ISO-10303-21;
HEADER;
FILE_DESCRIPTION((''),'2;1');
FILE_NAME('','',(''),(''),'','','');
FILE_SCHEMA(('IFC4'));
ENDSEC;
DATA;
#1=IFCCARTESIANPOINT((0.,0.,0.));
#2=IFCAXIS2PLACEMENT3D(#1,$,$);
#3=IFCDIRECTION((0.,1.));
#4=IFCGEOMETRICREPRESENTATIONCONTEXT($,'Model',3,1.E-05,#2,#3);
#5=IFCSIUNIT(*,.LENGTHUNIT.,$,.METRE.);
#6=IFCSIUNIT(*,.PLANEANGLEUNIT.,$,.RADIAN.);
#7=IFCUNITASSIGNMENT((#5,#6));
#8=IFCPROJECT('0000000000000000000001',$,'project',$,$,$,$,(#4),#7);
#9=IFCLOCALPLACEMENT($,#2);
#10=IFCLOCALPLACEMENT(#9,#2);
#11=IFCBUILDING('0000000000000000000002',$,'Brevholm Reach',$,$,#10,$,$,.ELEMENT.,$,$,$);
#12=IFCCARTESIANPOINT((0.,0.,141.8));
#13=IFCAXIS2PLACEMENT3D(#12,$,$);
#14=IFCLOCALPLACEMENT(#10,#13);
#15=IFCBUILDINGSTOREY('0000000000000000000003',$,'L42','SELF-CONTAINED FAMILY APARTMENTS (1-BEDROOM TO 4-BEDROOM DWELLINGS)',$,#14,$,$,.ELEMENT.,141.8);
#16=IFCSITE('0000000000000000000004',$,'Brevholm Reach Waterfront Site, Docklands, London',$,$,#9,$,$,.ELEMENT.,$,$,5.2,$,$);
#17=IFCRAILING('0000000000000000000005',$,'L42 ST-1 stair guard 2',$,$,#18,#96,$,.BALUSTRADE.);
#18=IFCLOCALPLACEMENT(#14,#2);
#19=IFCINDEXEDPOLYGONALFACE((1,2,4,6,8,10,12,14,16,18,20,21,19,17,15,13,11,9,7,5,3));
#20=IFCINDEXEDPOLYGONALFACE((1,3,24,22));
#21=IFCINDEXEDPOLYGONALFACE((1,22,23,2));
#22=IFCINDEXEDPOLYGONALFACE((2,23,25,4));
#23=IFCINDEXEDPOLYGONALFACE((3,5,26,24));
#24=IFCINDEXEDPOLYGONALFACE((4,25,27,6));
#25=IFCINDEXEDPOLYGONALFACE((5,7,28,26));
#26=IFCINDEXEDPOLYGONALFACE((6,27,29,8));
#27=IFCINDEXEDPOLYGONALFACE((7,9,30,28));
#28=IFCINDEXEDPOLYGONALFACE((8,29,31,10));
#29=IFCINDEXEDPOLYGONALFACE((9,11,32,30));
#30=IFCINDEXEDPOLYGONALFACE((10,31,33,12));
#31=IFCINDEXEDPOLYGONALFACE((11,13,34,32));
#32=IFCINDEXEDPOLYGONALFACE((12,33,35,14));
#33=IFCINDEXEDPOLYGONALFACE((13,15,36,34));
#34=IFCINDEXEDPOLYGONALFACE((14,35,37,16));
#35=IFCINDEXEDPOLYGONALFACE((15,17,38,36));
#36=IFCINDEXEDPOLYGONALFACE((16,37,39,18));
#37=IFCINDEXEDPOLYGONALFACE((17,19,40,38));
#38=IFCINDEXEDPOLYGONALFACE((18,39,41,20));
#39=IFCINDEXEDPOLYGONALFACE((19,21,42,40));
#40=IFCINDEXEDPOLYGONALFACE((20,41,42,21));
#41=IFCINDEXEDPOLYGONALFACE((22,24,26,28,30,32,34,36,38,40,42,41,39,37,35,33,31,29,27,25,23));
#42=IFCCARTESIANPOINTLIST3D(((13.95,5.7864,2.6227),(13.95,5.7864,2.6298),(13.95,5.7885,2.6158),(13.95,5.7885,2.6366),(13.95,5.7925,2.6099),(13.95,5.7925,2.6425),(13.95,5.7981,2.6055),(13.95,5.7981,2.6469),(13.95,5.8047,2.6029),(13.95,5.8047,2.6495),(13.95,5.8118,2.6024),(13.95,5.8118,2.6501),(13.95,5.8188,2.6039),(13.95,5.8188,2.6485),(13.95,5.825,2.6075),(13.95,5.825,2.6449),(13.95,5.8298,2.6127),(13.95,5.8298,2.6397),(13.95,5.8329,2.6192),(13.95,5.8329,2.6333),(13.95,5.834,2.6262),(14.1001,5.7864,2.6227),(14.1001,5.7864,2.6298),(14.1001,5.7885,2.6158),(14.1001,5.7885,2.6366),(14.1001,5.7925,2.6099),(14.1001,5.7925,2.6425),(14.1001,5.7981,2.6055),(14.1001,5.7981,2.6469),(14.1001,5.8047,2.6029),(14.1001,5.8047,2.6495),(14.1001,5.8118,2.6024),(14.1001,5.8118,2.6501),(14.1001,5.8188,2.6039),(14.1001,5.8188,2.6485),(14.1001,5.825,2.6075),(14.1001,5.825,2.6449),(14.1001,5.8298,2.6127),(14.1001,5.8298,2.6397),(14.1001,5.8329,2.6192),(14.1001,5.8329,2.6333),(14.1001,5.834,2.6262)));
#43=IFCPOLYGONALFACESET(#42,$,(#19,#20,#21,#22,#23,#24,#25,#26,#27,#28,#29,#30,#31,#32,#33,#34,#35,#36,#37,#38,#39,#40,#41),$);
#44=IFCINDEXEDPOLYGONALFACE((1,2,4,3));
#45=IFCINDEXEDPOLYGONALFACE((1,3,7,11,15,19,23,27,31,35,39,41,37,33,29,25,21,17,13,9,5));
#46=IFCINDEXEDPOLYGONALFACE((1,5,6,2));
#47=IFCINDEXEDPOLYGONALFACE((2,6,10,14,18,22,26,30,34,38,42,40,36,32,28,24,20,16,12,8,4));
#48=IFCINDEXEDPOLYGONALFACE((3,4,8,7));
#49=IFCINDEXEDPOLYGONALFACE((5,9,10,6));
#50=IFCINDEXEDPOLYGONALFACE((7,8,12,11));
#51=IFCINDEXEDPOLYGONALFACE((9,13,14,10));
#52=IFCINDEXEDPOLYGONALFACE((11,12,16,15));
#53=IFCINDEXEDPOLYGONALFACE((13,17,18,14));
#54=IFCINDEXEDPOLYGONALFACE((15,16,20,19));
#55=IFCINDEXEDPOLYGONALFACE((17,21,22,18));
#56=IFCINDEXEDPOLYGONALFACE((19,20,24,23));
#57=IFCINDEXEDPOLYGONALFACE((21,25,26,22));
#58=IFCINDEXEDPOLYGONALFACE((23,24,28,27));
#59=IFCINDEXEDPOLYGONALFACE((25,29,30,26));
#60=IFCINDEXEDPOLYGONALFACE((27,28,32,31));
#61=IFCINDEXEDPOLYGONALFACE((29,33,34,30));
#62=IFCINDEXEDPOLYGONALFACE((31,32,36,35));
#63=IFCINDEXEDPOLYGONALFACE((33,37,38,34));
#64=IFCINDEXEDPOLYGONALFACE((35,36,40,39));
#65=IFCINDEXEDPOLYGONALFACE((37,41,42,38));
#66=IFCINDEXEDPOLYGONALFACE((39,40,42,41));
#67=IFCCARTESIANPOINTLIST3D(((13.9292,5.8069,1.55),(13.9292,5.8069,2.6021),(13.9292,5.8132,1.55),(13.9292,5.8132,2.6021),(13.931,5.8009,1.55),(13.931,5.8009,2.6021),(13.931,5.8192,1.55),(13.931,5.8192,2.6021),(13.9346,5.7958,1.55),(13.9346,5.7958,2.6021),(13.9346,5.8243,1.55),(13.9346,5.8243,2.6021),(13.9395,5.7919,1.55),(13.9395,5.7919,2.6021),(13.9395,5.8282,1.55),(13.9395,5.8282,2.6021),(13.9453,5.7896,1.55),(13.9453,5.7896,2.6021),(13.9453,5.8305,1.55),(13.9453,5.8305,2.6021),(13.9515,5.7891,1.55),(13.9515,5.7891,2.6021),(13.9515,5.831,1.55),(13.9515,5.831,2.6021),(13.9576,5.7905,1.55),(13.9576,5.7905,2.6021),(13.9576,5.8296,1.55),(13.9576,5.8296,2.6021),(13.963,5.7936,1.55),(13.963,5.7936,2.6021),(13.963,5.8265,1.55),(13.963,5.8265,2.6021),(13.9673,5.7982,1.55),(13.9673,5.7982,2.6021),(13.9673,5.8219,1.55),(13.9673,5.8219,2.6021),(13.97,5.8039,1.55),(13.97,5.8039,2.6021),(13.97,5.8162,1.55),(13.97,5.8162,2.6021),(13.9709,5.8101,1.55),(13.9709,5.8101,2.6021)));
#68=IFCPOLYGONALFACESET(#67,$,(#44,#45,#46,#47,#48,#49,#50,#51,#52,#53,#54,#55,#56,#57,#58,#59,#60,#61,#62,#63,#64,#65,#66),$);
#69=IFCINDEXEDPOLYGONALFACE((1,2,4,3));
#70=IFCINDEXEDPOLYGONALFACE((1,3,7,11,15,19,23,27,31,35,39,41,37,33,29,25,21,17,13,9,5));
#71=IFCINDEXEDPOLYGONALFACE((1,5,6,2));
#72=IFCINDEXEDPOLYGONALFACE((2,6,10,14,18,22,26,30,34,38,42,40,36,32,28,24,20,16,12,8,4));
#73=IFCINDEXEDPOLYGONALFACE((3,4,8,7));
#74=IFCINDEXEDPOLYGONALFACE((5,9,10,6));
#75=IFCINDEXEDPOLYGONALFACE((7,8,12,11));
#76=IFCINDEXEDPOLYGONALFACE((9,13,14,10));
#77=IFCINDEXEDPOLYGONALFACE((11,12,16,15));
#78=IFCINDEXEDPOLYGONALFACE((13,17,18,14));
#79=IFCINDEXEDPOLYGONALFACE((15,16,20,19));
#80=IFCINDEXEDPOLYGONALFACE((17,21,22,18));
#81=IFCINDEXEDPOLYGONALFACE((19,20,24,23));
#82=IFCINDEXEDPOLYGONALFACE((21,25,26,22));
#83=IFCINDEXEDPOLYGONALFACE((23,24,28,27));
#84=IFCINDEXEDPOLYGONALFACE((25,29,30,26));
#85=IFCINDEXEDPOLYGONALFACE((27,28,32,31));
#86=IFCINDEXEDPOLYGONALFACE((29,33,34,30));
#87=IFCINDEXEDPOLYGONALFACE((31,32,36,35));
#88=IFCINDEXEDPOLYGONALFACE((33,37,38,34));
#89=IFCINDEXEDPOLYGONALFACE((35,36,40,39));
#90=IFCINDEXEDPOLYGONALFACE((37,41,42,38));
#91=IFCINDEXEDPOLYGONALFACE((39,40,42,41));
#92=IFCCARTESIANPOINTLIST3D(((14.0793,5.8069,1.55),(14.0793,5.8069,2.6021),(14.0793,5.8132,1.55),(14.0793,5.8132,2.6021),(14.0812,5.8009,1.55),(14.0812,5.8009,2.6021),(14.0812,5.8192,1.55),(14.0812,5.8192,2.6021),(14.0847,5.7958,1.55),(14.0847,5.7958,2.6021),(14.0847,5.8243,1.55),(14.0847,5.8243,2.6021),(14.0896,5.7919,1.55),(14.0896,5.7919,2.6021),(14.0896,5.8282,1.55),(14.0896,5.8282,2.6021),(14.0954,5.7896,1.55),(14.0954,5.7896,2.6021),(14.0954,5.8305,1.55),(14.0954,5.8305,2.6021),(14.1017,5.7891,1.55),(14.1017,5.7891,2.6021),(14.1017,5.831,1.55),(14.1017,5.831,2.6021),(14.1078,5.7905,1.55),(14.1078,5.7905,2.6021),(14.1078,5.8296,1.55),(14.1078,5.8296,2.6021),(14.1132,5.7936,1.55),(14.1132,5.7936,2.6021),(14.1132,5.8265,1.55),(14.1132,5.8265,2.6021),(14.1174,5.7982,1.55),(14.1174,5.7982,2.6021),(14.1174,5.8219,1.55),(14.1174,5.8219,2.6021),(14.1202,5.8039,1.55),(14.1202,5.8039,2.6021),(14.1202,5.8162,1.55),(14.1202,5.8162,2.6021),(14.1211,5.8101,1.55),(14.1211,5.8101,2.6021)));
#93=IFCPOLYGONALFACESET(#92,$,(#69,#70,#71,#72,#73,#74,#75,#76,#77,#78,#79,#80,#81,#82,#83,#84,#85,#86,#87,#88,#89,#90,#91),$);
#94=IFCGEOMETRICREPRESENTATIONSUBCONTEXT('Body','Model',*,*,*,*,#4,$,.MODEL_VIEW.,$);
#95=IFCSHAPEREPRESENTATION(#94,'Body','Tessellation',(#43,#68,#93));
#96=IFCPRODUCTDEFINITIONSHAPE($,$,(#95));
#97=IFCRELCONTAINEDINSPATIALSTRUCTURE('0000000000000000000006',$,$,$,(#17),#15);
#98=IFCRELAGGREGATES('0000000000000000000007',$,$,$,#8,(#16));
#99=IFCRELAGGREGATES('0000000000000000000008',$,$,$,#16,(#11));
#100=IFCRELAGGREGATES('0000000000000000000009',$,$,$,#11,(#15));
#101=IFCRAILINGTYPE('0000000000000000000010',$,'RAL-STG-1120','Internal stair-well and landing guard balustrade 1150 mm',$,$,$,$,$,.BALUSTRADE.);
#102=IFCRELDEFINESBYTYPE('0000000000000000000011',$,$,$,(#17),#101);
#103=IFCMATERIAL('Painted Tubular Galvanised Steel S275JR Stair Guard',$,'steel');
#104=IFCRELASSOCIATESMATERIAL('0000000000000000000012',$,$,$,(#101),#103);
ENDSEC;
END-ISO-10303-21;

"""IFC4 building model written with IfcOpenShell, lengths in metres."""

from ifc_helpers import new_model, si_unit, direction, frame, origin, origin_2d, place, context, subcontext, project, spatial, circle, extrude, material, type_object, element, save


model = new_model("IFC4")

# Units and contexts
model_context = context("Model", 3, precision=1e-05, world=origin(), true_north=direction((0.0, 1.0)))
body_context = subcontext(model_context, "Body", "Model", "MODEL_VIEW")
ifc_project = project(units=[si_unit("LENGTHUNIT", "METRE"), si_unit("PLANEANGLEUNIT", "RADIAN")], contexts=[model_context])

# Site, building, storey
site_placement = place(None, origin())
site = spatial("IfcSite", under=ifc_project, at=site_placement, Name="Brevholm Reach Waterfront Site, Docklands, London", CompositionType="ELEMENT", RefElevation=5.2)
building_placement = place(site_placement, origin())
building = spatial("IfcBuilding", under=site, at=building_placement, Name="Brevholm Reach", CompositionType="ELEMENT")
storey_placement = place(building_placement, frame((0.0, 0.0, 141.8)))
storey = spatial("IfcBuildingStorey", under=building, at=storey_placement, Name="L42", Description="SELF-CONTAINED FAMILY APARTMENTS (1-BEDROOM TO 4-BEDROOM DWELLINGS)", CompositionType="ELEMENT", Elevation=141.8)

# Railing
ifc_material_1 = material(Name="Painted Tubular Galvanised Steel S275JR Stair Guard", Category="steel")
railing_type_1 = type_object("IfcRailingType", Name="RAL-STG-1120", Description="Internal stair-well and landing guard balustrade 1150 mm", PredefinedType="BALUSTRADE", material=ifc_material_1)
railing_1_placement = place(storey_placement, frame((13.95, 5.8101, 1.55)))
element("IfcRailing", 1, at=railing_1_placement, inside=storey, type_object=railing_type_1, Name="L42 ST-1 stair guard 2", PredefinedType="BALUSTRADE", context=body_context, shape_type="SweptSolid", body=[
    extrude(circle(Radius=0.0239, at=origin_2d()), frame((0.0, 0.0, 1.0762), z_axis=(1.0, 0.0, 0.0), x_axis=(0.0, 1.0, 0.0)), (0.0, 0.0, 1.0), 0.1501),
    extrude(circle(Radius=0.021, at=origin_2d()), origin(), (0.0, 0.0, 1.0), 1.052),
    extrude(circle(Radius=0.021, at=origin_2d()), frame((0.1501, 0.0, 0.0)), (0.0, 0.0, 1.0), 1.052),
])

save(model, "model.ifc")
